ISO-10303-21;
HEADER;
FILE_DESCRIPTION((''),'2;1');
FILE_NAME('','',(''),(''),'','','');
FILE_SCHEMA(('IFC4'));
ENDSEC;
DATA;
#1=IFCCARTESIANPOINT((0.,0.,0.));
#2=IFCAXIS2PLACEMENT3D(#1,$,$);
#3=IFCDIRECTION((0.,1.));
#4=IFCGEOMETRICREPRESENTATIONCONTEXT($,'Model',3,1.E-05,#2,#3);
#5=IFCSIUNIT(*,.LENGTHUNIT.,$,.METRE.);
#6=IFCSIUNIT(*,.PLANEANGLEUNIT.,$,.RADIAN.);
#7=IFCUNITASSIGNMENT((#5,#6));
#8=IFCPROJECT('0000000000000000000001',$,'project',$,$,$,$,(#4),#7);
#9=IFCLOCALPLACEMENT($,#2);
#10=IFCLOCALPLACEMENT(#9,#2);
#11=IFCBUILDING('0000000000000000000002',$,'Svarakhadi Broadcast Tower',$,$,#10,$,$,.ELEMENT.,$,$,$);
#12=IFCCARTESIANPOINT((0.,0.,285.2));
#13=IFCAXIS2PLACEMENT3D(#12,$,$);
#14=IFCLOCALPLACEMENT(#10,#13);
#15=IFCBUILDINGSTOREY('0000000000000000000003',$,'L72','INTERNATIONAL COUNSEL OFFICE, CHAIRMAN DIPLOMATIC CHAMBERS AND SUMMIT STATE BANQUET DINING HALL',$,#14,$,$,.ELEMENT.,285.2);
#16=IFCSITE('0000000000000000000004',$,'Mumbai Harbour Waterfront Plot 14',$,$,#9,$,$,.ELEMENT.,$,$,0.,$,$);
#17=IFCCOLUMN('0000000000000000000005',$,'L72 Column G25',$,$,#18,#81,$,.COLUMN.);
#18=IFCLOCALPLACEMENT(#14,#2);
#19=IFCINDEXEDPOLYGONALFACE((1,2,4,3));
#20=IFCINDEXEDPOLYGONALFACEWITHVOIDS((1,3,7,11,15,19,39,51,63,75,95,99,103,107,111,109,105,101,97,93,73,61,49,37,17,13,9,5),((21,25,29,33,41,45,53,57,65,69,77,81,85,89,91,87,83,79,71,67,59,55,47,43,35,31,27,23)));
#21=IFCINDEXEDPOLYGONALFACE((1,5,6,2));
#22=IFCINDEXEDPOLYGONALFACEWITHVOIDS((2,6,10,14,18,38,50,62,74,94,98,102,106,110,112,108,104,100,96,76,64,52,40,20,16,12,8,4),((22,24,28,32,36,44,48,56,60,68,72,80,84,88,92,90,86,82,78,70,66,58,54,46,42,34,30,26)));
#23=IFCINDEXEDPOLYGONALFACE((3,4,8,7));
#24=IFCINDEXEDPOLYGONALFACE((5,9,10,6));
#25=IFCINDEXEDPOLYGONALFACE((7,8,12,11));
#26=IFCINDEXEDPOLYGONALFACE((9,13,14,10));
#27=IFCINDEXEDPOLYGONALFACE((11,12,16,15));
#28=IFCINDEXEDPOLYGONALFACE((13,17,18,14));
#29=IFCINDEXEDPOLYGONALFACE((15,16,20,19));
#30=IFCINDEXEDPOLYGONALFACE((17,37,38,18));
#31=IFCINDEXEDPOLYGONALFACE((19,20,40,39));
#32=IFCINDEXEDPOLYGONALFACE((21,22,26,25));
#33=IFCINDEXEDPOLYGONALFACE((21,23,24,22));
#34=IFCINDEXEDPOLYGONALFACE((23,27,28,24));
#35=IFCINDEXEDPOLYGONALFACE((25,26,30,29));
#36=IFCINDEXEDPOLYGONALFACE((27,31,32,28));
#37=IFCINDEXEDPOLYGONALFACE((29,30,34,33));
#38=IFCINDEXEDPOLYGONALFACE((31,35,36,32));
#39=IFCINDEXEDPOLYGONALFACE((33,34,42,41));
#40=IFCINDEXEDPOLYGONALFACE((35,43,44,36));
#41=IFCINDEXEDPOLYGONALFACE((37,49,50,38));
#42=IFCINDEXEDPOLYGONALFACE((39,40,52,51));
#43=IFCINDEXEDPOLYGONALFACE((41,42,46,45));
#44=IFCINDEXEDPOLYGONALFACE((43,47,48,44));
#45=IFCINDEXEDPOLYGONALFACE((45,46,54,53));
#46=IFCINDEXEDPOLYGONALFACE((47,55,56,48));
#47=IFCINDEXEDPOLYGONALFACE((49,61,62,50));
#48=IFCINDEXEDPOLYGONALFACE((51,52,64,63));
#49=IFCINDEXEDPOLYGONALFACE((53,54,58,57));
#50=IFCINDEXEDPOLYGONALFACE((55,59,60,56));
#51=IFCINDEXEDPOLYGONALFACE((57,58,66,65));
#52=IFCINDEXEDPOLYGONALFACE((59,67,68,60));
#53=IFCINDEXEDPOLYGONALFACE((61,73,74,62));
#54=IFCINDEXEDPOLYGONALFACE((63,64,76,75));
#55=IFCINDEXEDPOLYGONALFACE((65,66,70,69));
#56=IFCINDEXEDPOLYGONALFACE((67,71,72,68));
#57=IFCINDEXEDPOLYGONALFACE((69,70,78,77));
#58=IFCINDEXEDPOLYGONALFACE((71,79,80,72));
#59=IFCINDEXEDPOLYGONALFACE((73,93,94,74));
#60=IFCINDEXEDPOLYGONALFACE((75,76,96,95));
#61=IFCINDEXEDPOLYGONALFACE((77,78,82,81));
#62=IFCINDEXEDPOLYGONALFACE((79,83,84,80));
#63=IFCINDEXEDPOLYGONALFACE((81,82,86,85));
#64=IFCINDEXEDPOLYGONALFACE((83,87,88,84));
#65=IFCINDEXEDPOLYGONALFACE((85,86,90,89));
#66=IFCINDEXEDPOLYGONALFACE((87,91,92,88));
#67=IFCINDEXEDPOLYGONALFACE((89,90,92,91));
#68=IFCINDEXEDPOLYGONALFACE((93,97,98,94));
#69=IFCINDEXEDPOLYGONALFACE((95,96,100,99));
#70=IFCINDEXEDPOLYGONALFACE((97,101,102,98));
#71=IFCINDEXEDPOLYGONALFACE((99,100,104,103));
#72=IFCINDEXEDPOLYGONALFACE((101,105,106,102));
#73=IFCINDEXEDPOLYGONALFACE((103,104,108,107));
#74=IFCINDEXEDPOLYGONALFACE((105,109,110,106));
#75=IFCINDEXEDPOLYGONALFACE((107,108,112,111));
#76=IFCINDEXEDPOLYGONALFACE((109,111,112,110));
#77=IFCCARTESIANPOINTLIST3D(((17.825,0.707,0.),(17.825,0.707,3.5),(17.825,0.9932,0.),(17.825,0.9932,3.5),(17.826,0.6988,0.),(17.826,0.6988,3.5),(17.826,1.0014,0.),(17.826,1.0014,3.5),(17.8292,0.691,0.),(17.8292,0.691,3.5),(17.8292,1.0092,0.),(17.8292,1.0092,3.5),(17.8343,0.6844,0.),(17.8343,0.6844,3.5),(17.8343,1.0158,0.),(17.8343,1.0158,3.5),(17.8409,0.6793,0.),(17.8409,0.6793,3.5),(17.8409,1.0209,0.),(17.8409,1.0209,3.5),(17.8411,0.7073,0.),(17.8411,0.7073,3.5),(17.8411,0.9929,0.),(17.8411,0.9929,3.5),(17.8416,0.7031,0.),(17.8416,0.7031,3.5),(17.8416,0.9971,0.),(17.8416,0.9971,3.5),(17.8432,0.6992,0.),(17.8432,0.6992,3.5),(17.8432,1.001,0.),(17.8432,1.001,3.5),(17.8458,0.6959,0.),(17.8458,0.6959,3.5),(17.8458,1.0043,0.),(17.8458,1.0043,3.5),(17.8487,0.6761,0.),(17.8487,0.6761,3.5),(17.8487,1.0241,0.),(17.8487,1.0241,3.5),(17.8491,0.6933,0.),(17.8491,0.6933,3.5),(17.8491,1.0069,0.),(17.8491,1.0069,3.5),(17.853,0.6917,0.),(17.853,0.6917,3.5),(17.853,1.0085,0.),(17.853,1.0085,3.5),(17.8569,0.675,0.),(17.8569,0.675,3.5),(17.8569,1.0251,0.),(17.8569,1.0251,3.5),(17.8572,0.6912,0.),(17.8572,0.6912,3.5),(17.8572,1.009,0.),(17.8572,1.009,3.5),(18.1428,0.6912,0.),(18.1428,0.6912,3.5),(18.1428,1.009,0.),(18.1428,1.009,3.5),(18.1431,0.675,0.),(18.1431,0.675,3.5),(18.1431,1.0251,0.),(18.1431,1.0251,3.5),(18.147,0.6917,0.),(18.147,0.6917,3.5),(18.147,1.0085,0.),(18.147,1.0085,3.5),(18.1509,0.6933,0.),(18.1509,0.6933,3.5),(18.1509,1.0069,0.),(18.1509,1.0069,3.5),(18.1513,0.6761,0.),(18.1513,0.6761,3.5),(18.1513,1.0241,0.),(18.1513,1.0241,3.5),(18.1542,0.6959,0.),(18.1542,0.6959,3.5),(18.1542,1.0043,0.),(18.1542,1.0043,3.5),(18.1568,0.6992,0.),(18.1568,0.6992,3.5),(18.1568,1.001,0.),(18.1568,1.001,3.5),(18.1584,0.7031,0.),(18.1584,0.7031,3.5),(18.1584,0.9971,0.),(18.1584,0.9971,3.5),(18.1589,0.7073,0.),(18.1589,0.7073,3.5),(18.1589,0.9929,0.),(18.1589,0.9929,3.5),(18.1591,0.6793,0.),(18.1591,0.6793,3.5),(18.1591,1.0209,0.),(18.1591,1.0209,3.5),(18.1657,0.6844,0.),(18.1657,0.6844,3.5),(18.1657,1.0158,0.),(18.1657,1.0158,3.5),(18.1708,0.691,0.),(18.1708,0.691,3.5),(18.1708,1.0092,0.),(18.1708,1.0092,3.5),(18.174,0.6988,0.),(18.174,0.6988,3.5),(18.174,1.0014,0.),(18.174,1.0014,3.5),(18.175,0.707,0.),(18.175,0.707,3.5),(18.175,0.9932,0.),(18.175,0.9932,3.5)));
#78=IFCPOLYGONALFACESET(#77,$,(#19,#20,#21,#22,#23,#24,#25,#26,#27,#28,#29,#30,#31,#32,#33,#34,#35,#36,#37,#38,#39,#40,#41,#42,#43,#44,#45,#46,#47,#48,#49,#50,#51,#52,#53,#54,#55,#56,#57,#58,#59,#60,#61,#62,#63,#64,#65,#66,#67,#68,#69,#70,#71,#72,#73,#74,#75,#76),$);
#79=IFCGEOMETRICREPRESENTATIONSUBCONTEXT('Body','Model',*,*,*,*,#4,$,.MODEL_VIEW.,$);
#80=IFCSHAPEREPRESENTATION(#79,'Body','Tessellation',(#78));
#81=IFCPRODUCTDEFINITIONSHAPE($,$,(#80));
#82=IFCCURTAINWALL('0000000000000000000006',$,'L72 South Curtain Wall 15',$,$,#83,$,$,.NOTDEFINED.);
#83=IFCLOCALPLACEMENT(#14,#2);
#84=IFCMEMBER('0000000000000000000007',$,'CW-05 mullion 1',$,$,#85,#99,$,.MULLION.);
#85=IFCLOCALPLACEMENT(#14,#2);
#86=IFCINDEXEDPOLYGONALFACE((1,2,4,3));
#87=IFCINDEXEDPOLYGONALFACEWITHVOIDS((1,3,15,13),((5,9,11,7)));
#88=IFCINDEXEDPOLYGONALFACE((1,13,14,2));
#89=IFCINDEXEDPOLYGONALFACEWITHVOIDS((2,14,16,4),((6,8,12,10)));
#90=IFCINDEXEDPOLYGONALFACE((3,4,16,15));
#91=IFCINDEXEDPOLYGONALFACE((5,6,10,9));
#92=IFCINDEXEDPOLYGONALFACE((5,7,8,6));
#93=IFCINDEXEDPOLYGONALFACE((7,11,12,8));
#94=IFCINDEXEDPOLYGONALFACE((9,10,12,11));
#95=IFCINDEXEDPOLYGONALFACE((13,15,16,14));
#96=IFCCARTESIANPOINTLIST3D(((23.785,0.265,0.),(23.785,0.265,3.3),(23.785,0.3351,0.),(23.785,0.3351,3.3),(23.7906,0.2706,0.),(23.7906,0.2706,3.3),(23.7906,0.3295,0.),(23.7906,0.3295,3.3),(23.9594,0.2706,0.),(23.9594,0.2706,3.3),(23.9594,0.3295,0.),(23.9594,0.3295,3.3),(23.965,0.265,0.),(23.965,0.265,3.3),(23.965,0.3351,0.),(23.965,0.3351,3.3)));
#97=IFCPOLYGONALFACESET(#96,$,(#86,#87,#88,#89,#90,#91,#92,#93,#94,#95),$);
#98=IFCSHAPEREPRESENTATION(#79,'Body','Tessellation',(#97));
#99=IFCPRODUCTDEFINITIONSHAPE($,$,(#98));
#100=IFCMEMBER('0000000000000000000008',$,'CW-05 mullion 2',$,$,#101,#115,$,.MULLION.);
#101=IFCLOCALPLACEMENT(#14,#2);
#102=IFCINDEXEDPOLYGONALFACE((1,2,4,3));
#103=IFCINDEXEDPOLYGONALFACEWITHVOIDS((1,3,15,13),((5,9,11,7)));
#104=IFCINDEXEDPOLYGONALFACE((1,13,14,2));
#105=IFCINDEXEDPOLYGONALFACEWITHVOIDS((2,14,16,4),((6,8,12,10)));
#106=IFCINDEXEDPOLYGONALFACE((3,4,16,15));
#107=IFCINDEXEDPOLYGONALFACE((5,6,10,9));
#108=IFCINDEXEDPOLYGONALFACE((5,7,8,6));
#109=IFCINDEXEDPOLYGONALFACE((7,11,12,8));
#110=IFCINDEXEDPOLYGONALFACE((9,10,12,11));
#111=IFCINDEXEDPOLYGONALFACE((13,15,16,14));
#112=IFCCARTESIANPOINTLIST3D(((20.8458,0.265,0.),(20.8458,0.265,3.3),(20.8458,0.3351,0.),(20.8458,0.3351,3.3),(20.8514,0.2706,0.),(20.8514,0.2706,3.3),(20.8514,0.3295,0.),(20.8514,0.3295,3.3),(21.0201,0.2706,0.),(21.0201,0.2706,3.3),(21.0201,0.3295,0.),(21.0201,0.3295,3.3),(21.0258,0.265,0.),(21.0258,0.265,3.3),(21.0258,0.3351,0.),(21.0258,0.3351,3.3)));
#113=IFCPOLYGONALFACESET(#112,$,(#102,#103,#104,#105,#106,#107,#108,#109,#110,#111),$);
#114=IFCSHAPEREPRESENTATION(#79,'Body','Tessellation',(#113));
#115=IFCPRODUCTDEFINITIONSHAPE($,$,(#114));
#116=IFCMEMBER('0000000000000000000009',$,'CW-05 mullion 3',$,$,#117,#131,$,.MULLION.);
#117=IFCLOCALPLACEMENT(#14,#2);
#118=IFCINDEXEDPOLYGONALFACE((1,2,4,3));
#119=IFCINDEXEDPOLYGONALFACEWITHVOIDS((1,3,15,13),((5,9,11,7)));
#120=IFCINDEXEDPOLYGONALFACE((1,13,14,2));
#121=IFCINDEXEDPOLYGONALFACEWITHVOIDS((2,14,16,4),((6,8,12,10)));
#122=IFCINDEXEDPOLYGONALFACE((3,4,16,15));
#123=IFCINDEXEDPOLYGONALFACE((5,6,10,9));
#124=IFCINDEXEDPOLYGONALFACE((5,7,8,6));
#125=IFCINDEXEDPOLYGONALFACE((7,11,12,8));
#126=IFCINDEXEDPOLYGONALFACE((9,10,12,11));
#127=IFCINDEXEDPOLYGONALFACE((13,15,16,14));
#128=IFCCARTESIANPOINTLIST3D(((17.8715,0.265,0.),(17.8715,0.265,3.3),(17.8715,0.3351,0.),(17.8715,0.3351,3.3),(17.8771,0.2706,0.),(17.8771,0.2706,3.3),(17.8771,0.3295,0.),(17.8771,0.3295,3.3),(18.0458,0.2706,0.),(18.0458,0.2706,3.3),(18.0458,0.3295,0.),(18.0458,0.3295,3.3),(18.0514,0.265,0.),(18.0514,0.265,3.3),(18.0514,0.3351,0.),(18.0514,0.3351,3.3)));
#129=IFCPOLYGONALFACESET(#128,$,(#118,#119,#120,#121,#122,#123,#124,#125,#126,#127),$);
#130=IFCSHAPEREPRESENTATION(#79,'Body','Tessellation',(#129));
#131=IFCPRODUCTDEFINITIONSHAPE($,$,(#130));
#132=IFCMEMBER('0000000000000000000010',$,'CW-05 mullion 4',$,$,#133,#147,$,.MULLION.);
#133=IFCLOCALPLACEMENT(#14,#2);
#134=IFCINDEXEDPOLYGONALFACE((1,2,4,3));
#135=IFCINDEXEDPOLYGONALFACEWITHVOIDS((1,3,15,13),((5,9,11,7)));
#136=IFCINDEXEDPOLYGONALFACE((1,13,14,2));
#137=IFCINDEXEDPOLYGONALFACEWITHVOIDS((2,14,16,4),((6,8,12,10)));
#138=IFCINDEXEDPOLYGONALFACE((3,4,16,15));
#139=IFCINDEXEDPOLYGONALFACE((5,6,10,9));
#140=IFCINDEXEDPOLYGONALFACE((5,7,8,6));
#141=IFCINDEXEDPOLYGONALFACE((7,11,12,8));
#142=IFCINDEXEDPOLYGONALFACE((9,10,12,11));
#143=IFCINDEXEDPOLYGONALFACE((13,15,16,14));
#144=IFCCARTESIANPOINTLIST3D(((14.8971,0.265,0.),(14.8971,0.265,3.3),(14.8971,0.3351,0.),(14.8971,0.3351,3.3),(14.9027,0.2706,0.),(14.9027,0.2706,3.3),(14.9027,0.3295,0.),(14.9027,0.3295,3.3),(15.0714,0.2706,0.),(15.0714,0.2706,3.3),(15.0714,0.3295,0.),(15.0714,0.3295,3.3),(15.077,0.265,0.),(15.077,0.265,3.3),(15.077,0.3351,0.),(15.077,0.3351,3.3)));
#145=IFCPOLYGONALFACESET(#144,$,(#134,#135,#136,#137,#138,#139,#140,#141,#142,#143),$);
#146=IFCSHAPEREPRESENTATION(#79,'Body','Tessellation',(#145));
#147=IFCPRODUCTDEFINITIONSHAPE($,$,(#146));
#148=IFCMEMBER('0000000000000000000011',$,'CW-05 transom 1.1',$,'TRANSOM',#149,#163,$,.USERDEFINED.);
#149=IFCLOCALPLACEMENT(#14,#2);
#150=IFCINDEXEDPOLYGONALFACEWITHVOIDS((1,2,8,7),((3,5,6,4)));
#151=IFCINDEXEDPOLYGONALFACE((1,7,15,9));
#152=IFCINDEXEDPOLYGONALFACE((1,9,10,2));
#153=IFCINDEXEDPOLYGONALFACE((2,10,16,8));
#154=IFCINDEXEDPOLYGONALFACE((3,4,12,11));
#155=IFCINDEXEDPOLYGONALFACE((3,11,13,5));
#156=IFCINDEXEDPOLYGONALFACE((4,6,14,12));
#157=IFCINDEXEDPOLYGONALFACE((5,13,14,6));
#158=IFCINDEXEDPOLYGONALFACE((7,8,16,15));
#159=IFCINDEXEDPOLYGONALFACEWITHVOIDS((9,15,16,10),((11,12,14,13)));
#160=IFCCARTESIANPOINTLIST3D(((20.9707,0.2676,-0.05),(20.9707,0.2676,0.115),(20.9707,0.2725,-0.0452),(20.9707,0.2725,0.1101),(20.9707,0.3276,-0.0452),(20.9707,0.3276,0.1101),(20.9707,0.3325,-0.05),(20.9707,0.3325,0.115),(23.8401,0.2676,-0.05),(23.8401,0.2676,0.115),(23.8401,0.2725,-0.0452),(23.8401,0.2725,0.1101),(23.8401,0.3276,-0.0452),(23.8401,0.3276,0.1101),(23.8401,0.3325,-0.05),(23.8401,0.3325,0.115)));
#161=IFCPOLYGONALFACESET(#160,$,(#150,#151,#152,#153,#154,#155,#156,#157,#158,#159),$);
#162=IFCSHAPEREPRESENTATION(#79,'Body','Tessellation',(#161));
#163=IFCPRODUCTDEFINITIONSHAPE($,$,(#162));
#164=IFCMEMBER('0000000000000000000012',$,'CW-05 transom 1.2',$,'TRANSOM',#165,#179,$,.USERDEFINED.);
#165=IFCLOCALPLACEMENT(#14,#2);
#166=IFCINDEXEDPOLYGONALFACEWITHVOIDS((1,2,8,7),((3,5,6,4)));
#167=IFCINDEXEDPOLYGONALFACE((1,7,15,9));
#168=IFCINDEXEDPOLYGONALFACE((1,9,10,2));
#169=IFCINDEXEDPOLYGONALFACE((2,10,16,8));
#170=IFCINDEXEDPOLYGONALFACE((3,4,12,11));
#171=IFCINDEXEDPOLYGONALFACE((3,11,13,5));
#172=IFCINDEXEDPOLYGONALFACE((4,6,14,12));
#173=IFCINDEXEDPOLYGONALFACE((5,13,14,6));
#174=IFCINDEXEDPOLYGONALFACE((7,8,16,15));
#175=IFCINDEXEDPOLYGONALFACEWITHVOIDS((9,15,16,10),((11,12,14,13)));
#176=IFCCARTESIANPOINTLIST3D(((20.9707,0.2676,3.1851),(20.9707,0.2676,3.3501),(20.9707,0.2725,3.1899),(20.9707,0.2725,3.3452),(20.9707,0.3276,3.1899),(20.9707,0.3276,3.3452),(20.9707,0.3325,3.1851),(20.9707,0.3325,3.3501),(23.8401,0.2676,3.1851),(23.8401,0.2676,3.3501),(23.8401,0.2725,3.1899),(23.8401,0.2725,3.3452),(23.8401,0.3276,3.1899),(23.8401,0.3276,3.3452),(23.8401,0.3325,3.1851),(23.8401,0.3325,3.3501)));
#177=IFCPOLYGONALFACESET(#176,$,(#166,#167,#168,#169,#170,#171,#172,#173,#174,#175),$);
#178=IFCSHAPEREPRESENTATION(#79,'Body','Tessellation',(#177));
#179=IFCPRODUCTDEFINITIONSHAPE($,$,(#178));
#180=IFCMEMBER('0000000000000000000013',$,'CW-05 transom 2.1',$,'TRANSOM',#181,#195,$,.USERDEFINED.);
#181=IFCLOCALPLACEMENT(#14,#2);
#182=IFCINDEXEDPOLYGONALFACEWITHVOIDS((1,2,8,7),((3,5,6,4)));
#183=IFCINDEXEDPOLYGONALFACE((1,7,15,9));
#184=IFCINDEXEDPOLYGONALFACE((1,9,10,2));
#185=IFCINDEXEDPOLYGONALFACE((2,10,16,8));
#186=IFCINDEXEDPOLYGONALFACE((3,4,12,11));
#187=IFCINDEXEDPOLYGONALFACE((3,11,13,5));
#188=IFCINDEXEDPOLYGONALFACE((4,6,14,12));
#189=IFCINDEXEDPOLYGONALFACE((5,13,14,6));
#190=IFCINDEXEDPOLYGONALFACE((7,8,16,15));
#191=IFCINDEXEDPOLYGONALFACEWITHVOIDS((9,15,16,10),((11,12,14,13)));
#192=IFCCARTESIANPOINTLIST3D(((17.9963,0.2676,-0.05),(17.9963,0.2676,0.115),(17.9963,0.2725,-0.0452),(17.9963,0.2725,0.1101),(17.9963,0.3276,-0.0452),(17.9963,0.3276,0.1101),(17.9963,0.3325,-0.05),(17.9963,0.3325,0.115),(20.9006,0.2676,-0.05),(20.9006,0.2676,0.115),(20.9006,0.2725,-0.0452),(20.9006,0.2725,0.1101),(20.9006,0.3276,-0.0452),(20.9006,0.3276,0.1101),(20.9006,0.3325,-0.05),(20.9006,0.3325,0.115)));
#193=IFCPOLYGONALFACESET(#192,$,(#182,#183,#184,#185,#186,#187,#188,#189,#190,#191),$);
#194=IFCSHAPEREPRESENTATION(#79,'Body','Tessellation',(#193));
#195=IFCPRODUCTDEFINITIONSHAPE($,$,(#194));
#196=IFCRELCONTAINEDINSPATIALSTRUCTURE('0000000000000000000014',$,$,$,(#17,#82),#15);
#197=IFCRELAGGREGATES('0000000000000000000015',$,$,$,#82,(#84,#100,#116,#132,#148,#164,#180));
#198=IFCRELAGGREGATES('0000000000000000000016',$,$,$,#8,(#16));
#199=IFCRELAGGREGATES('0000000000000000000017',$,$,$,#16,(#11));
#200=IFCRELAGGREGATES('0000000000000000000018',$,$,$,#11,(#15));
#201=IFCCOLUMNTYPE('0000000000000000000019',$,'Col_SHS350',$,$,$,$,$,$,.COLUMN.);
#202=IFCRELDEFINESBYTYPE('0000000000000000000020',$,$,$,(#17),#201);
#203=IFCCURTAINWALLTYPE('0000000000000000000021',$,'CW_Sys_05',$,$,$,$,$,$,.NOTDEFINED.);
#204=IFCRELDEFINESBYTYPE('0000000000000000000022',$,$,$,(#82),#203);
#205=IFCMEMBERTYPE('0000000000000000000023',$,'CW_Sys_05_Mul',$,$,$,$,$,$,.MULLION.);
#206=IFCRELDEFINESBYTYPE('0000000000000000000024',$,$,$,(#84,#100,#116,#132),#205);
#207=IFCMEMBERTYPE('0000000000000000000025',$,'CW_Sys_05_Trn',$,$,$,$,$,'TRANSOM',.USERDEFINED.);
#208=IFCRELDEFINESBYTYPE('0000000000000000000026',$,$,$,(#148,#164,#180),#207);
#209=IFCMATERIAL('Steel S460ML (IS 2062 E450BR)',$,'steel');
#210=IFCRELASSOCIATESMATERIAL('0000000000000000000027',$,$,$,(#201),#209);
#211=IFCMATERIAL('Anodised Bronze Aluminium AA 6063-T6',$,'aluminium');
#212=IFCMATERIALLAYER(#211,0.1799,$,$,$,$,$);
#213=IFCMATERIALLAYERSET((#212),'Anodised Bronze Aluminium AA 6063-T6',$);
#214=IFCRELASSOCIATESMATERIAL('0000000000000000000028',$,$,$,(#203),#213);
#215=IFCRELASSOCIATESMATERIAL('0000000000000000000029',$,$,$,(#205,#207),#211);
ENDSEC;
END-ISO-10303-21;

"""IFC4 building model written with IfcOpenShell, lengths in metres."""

from ifc_helpers import new_model, si_unit, direction, frame, origin, origin_2d, place, context, subcontext, project, spatial, hollow_rectangle, extrude, material, layer, layer_set, material_profile, profile_set, type_object, element, aggregate, save


model = new_model("IFC4")

# Units and contexts
model_context = context("Model", 3, precision=1e-05, world=origin(), true_north=direction((0.0, 1.0)))
body_context = subcontext(model_context, "Body", "Model", "MODEL_VIEW")
ifc_project = project(units=[si_unit("LENGTHUNIT", "METRE"), si_unit("PLANEANGLEUNIT", "RADIAN")], contexts=[model_context])

# Site, building, storey
site_placement = place(None, origin())
site = spatial("IfcSite", under=ifc_project, at=site_placement, Name="Mumbai Harbour Waterfront Plot 14", CompositionType="ELEMENT", RefElevation=0.0)
building_placement = place(site_placement, origin())
building = spatial("IfcBuilding", under=site, at=building_placement, Name="Svarakhadi Broadcast Tower", CompositionType="ELEMENT")
storey_placement = place(building_placement, frame((0.0, 0.0, 285.2)))
storey = spatial("IfcBuildingStorey", under=building, at=storey_placement, Name="L72", Description="INTERNATIONAL COUNSEL OFFICE, CHAIRMAN DIPLOMATIC CHAMBERS AND SUMMIT STATE BANQUET DINING HALL", CompositionType="ELEMENT", Elevation=285.2)

# Column
ifc_material_1 = material(Name="Steel S460ML (IS 2062 E450BR)", Category="steel")
ifc_material_profile_1 = material_profile(ifc_material_1, hollow_rectangle(XDim=0.3501, YDim=0.3501, WallThickness=0.0161, InnerFilletRadius=0.0161, OuterFilletRadius=0.032, at=origin_2d()), Name="SHS 350x350x16")
ifc_profile_set_1 = profile_set([ifc_material_profile_1], Name="Steel S460ML (IS 2062 E450BR)")
column_type = type_object("IfcColumnType", Name="Col_SHS350", PredefinedType="COLUMN", material=ifc_profile_set_1)
column_placement = place(storey_placement, frame((18.0, 0.8501, 0.0), z_axis=(0.0, 0.0, 1.0), x_axis=(1.0, 0.0, 0.0)))
element("IfcColumn", 1, at=column_placement, inside=storey, type_object=column_type, Name="L72 Column G25", PredefinedType="COLUMN", context=body_context, shape_type="SweptSolid", body=[
    extrude(hollow_rectangle(XDim=0.3501, YDim=0.3501, WallThickness=0.0161, InnerFilletRadius=0.0161, OuterFilletRadius=0.032, at=origin_2d()), origin(), (0.0, 0.0, 1.0), 3.5),
])

# Curtain wall, members
ifc_material_2 = material(Name="Anodised Bronze Aluminium AA 6063-T6", Category="aluminium")
ifc_layer_1 = layer(ifc_material_2, 0.1799)
ifc_layer_set_1 = layer_set([ifc_layer_1], Name="Anodised Bronze Aluminium AA 6063-T6")
curtain_wall_type = type_object("IfcCurtainWallType", Name="CW_Sys_05", PredefinedType="NOTDEFINED", material=ifc_layer_set_1)
curtain_wall_placement = place(storey_placement, origin())
curtain_wall = element("IfcCurtainWall", 2, at=curtain_wall_placement, inside=storey, type_object=curtain_wall_type, Name="L72 South Curtain Wall 15", PredefinedType="NOTDEFINED")
ifc_material_profile_2 = material_profile(ifc_material_2, hollow_rectangle(XDim=0.0701, YDim=0.1799, WallThickness=0.0056, at=origin_2d()), Name="ALU MULLION 180x70x6")
ifc_profile_set_2 = profile_set([ifc_material_profile_2], Name="Anodised Bronze Aluminium AA 6063-T6")
member_type_1 = type_object("IfcMemberType", Name="CW_Sys_05_Mul", PredefinedType="MULLION", material=ifc_profile_set_2)
member_1_placement = place(storey_placement, frame((23.875, 0.3, 0.0), z_axis=(0.0, 0.0, 1.0), x_axis=(0.0, -1.0, 0.0)))
member_1 = element("IfcMember", 3, at=member_1_placement, type_object=member_type_1, Name="CW-05 mullion 1", PredefinedType="MULLION", context=body_context, shape_type="SweptSolid", body=[
    extrude(hollow_rectangle(XDim=0.0701, YDim=0.1799, WallThickness=0.0056, at=origin_2d()), origin(), (0.0, 0.0, 1.0), 3.3),
])
member_2_placement = place(storey_placement, frame((20.9358, 0.3, 0.0), z_axis=(0.0, 0.0, 1.0), x_axis=(0.0, -1.0, 0.0)))
member_2 = element("IfcMember", 4, at=member_2_placement, type_object=member_type_1, Name="CW-05 mullion 2", PredefinedType="MULLION", context=body_context, shape_type="SweptSolid", body=[
    extrude(hollow_rectangle(XDim=0.0701, YDim=0.1799, WallThickness=0.0056, at=origin_2d()), origin(), (0.0, 0.0, 1.0), 3.3),
])
member_3_placement = place(storey_placement, frame((17.9614, 0.3, 0.0), z_axis=(0.0, 0.0, 1.0), x_axis=(0.0, -1.0, 0.0)))
member_3 = element("IfcMember", 5, at=member_3_placement, type_object=member_type_1, Name="CW-05 mullion 3", PredefinedType="MULLION", context=body_context, shape_type="SweptSolid", body=[
    extrude(hollow_rectangle(XDim=0.0701, YDim=0.1799, WallThickness=0.0056, at=origin_2d()), origin(), (0.0, 0.0, 1.0), 3.3),
])
member_4_placement = place(storey_placement, frame((14.9871, 0.3, 0.0), z_axis=(0.0, 0.0, 1.0), x_axis=(0.0, -1.0, 0.0)))
member_4 = element("IfcMember", 6, at=member_4_placement, type_object=member_type_1, Name="CW-05 mullion 4", PredefinedType="MULLION", context=body_context, shape_type="SweptSolid", body=[
    extrude(hollow_rectangle(XDim=0.0701, YDim=0.1799, WallThickness=0.0056, at=origin_2d()), origin(), (0.0, 0.0, 1.0), 3.3),
])
ifc_material_profile_3 = material_profile(ifc_material_2, hollow_rectangle(XDim=0.0649, YDim=0.165, WallThickness=0.0049, at=origin_2d()), Name="ALU TRANSOM 165x65x5")
ifc_profile_set_3 = profile_set([ifc_material_profile_3], Name="Anodised Bronze Aluminium AA 6063-T6")
member_type_2 = type_object("IfcMemberType", Name="CW_Sys_05_Trn", ElementType="TRANSOM", PredefinedType="USERDEFINED", material=ifc_profile_set_3)
member_5_placement = place(storey_placement, frame((23.8401, 0.3, 0.0325), z_axis=(-1.0, 0.0, 0.0), x_axis=(0.0, -1.0, 0.0)))
member_5 = element("IfcMember", 7, at=member_5_placement, type_object=member_type_2, Name="CW-05 transom 1.1", ObjectType="TRANSOM", PredefinedType="USERDEFINED", context=body_context, shape_type="SweptSolid", body=[
    extrude(hollow_rectangle(XDim=0.0649, YDim=0.165, WallThickness=0.0049, at=origin_2d()), origin(), (0.0, 0.0, 1.0), 2.8694),
])
member_6_placement = place(storey_placement, frame((23.8401, 0.3, 3.2676), z_axis=(-1.0, 0.0, 0.0), x_axis=(0.0, -1.0, 0.0)))
member_6 = element("IfcMember", 8, at=member_6_placement, type_object=member_type_2, Name="CW-05 transom 1.2", ObjectType="TRANSOM", PredefinedType="USERDEFINED", context=body_context, shape_type="SweptSolid", body=[
    extrude(hollow_rectangle(XDim=0.0649, YDim=0.165, WallThickness=0.0049, at=origin_2d()), origin(), (0.0, 0.0, 1.0), 2.8694),
])
member_7_placement = place(storey_placement, frame((20.9006, 0.3, 0.0325), z_axis=(-1.0, 0.0, 0.0), x_axis=(0.0, -1.0, 0.0)))
member_7 = element("IfcMember", 9, at=member_7_placement, type_object=member_type_2, Name="CW-05 transom 2.1", ObjectType="TRANSOM", PredefinedType="USERDEFINED", context=body_context, shape_type="SweptSolid", body=[
    extrude(hollow_rectangle(XDim=0.0649, YDim=0.165, WallThickness=0.0049, at=origin_2d()), origin(), (0.0, 0.0, 1.0), 2.9043),
])

aggregate(curtain_wall, [member_1, member_2, member_3, member_4, member_5, member_6, member_7])

save(model, "model.ifc")
